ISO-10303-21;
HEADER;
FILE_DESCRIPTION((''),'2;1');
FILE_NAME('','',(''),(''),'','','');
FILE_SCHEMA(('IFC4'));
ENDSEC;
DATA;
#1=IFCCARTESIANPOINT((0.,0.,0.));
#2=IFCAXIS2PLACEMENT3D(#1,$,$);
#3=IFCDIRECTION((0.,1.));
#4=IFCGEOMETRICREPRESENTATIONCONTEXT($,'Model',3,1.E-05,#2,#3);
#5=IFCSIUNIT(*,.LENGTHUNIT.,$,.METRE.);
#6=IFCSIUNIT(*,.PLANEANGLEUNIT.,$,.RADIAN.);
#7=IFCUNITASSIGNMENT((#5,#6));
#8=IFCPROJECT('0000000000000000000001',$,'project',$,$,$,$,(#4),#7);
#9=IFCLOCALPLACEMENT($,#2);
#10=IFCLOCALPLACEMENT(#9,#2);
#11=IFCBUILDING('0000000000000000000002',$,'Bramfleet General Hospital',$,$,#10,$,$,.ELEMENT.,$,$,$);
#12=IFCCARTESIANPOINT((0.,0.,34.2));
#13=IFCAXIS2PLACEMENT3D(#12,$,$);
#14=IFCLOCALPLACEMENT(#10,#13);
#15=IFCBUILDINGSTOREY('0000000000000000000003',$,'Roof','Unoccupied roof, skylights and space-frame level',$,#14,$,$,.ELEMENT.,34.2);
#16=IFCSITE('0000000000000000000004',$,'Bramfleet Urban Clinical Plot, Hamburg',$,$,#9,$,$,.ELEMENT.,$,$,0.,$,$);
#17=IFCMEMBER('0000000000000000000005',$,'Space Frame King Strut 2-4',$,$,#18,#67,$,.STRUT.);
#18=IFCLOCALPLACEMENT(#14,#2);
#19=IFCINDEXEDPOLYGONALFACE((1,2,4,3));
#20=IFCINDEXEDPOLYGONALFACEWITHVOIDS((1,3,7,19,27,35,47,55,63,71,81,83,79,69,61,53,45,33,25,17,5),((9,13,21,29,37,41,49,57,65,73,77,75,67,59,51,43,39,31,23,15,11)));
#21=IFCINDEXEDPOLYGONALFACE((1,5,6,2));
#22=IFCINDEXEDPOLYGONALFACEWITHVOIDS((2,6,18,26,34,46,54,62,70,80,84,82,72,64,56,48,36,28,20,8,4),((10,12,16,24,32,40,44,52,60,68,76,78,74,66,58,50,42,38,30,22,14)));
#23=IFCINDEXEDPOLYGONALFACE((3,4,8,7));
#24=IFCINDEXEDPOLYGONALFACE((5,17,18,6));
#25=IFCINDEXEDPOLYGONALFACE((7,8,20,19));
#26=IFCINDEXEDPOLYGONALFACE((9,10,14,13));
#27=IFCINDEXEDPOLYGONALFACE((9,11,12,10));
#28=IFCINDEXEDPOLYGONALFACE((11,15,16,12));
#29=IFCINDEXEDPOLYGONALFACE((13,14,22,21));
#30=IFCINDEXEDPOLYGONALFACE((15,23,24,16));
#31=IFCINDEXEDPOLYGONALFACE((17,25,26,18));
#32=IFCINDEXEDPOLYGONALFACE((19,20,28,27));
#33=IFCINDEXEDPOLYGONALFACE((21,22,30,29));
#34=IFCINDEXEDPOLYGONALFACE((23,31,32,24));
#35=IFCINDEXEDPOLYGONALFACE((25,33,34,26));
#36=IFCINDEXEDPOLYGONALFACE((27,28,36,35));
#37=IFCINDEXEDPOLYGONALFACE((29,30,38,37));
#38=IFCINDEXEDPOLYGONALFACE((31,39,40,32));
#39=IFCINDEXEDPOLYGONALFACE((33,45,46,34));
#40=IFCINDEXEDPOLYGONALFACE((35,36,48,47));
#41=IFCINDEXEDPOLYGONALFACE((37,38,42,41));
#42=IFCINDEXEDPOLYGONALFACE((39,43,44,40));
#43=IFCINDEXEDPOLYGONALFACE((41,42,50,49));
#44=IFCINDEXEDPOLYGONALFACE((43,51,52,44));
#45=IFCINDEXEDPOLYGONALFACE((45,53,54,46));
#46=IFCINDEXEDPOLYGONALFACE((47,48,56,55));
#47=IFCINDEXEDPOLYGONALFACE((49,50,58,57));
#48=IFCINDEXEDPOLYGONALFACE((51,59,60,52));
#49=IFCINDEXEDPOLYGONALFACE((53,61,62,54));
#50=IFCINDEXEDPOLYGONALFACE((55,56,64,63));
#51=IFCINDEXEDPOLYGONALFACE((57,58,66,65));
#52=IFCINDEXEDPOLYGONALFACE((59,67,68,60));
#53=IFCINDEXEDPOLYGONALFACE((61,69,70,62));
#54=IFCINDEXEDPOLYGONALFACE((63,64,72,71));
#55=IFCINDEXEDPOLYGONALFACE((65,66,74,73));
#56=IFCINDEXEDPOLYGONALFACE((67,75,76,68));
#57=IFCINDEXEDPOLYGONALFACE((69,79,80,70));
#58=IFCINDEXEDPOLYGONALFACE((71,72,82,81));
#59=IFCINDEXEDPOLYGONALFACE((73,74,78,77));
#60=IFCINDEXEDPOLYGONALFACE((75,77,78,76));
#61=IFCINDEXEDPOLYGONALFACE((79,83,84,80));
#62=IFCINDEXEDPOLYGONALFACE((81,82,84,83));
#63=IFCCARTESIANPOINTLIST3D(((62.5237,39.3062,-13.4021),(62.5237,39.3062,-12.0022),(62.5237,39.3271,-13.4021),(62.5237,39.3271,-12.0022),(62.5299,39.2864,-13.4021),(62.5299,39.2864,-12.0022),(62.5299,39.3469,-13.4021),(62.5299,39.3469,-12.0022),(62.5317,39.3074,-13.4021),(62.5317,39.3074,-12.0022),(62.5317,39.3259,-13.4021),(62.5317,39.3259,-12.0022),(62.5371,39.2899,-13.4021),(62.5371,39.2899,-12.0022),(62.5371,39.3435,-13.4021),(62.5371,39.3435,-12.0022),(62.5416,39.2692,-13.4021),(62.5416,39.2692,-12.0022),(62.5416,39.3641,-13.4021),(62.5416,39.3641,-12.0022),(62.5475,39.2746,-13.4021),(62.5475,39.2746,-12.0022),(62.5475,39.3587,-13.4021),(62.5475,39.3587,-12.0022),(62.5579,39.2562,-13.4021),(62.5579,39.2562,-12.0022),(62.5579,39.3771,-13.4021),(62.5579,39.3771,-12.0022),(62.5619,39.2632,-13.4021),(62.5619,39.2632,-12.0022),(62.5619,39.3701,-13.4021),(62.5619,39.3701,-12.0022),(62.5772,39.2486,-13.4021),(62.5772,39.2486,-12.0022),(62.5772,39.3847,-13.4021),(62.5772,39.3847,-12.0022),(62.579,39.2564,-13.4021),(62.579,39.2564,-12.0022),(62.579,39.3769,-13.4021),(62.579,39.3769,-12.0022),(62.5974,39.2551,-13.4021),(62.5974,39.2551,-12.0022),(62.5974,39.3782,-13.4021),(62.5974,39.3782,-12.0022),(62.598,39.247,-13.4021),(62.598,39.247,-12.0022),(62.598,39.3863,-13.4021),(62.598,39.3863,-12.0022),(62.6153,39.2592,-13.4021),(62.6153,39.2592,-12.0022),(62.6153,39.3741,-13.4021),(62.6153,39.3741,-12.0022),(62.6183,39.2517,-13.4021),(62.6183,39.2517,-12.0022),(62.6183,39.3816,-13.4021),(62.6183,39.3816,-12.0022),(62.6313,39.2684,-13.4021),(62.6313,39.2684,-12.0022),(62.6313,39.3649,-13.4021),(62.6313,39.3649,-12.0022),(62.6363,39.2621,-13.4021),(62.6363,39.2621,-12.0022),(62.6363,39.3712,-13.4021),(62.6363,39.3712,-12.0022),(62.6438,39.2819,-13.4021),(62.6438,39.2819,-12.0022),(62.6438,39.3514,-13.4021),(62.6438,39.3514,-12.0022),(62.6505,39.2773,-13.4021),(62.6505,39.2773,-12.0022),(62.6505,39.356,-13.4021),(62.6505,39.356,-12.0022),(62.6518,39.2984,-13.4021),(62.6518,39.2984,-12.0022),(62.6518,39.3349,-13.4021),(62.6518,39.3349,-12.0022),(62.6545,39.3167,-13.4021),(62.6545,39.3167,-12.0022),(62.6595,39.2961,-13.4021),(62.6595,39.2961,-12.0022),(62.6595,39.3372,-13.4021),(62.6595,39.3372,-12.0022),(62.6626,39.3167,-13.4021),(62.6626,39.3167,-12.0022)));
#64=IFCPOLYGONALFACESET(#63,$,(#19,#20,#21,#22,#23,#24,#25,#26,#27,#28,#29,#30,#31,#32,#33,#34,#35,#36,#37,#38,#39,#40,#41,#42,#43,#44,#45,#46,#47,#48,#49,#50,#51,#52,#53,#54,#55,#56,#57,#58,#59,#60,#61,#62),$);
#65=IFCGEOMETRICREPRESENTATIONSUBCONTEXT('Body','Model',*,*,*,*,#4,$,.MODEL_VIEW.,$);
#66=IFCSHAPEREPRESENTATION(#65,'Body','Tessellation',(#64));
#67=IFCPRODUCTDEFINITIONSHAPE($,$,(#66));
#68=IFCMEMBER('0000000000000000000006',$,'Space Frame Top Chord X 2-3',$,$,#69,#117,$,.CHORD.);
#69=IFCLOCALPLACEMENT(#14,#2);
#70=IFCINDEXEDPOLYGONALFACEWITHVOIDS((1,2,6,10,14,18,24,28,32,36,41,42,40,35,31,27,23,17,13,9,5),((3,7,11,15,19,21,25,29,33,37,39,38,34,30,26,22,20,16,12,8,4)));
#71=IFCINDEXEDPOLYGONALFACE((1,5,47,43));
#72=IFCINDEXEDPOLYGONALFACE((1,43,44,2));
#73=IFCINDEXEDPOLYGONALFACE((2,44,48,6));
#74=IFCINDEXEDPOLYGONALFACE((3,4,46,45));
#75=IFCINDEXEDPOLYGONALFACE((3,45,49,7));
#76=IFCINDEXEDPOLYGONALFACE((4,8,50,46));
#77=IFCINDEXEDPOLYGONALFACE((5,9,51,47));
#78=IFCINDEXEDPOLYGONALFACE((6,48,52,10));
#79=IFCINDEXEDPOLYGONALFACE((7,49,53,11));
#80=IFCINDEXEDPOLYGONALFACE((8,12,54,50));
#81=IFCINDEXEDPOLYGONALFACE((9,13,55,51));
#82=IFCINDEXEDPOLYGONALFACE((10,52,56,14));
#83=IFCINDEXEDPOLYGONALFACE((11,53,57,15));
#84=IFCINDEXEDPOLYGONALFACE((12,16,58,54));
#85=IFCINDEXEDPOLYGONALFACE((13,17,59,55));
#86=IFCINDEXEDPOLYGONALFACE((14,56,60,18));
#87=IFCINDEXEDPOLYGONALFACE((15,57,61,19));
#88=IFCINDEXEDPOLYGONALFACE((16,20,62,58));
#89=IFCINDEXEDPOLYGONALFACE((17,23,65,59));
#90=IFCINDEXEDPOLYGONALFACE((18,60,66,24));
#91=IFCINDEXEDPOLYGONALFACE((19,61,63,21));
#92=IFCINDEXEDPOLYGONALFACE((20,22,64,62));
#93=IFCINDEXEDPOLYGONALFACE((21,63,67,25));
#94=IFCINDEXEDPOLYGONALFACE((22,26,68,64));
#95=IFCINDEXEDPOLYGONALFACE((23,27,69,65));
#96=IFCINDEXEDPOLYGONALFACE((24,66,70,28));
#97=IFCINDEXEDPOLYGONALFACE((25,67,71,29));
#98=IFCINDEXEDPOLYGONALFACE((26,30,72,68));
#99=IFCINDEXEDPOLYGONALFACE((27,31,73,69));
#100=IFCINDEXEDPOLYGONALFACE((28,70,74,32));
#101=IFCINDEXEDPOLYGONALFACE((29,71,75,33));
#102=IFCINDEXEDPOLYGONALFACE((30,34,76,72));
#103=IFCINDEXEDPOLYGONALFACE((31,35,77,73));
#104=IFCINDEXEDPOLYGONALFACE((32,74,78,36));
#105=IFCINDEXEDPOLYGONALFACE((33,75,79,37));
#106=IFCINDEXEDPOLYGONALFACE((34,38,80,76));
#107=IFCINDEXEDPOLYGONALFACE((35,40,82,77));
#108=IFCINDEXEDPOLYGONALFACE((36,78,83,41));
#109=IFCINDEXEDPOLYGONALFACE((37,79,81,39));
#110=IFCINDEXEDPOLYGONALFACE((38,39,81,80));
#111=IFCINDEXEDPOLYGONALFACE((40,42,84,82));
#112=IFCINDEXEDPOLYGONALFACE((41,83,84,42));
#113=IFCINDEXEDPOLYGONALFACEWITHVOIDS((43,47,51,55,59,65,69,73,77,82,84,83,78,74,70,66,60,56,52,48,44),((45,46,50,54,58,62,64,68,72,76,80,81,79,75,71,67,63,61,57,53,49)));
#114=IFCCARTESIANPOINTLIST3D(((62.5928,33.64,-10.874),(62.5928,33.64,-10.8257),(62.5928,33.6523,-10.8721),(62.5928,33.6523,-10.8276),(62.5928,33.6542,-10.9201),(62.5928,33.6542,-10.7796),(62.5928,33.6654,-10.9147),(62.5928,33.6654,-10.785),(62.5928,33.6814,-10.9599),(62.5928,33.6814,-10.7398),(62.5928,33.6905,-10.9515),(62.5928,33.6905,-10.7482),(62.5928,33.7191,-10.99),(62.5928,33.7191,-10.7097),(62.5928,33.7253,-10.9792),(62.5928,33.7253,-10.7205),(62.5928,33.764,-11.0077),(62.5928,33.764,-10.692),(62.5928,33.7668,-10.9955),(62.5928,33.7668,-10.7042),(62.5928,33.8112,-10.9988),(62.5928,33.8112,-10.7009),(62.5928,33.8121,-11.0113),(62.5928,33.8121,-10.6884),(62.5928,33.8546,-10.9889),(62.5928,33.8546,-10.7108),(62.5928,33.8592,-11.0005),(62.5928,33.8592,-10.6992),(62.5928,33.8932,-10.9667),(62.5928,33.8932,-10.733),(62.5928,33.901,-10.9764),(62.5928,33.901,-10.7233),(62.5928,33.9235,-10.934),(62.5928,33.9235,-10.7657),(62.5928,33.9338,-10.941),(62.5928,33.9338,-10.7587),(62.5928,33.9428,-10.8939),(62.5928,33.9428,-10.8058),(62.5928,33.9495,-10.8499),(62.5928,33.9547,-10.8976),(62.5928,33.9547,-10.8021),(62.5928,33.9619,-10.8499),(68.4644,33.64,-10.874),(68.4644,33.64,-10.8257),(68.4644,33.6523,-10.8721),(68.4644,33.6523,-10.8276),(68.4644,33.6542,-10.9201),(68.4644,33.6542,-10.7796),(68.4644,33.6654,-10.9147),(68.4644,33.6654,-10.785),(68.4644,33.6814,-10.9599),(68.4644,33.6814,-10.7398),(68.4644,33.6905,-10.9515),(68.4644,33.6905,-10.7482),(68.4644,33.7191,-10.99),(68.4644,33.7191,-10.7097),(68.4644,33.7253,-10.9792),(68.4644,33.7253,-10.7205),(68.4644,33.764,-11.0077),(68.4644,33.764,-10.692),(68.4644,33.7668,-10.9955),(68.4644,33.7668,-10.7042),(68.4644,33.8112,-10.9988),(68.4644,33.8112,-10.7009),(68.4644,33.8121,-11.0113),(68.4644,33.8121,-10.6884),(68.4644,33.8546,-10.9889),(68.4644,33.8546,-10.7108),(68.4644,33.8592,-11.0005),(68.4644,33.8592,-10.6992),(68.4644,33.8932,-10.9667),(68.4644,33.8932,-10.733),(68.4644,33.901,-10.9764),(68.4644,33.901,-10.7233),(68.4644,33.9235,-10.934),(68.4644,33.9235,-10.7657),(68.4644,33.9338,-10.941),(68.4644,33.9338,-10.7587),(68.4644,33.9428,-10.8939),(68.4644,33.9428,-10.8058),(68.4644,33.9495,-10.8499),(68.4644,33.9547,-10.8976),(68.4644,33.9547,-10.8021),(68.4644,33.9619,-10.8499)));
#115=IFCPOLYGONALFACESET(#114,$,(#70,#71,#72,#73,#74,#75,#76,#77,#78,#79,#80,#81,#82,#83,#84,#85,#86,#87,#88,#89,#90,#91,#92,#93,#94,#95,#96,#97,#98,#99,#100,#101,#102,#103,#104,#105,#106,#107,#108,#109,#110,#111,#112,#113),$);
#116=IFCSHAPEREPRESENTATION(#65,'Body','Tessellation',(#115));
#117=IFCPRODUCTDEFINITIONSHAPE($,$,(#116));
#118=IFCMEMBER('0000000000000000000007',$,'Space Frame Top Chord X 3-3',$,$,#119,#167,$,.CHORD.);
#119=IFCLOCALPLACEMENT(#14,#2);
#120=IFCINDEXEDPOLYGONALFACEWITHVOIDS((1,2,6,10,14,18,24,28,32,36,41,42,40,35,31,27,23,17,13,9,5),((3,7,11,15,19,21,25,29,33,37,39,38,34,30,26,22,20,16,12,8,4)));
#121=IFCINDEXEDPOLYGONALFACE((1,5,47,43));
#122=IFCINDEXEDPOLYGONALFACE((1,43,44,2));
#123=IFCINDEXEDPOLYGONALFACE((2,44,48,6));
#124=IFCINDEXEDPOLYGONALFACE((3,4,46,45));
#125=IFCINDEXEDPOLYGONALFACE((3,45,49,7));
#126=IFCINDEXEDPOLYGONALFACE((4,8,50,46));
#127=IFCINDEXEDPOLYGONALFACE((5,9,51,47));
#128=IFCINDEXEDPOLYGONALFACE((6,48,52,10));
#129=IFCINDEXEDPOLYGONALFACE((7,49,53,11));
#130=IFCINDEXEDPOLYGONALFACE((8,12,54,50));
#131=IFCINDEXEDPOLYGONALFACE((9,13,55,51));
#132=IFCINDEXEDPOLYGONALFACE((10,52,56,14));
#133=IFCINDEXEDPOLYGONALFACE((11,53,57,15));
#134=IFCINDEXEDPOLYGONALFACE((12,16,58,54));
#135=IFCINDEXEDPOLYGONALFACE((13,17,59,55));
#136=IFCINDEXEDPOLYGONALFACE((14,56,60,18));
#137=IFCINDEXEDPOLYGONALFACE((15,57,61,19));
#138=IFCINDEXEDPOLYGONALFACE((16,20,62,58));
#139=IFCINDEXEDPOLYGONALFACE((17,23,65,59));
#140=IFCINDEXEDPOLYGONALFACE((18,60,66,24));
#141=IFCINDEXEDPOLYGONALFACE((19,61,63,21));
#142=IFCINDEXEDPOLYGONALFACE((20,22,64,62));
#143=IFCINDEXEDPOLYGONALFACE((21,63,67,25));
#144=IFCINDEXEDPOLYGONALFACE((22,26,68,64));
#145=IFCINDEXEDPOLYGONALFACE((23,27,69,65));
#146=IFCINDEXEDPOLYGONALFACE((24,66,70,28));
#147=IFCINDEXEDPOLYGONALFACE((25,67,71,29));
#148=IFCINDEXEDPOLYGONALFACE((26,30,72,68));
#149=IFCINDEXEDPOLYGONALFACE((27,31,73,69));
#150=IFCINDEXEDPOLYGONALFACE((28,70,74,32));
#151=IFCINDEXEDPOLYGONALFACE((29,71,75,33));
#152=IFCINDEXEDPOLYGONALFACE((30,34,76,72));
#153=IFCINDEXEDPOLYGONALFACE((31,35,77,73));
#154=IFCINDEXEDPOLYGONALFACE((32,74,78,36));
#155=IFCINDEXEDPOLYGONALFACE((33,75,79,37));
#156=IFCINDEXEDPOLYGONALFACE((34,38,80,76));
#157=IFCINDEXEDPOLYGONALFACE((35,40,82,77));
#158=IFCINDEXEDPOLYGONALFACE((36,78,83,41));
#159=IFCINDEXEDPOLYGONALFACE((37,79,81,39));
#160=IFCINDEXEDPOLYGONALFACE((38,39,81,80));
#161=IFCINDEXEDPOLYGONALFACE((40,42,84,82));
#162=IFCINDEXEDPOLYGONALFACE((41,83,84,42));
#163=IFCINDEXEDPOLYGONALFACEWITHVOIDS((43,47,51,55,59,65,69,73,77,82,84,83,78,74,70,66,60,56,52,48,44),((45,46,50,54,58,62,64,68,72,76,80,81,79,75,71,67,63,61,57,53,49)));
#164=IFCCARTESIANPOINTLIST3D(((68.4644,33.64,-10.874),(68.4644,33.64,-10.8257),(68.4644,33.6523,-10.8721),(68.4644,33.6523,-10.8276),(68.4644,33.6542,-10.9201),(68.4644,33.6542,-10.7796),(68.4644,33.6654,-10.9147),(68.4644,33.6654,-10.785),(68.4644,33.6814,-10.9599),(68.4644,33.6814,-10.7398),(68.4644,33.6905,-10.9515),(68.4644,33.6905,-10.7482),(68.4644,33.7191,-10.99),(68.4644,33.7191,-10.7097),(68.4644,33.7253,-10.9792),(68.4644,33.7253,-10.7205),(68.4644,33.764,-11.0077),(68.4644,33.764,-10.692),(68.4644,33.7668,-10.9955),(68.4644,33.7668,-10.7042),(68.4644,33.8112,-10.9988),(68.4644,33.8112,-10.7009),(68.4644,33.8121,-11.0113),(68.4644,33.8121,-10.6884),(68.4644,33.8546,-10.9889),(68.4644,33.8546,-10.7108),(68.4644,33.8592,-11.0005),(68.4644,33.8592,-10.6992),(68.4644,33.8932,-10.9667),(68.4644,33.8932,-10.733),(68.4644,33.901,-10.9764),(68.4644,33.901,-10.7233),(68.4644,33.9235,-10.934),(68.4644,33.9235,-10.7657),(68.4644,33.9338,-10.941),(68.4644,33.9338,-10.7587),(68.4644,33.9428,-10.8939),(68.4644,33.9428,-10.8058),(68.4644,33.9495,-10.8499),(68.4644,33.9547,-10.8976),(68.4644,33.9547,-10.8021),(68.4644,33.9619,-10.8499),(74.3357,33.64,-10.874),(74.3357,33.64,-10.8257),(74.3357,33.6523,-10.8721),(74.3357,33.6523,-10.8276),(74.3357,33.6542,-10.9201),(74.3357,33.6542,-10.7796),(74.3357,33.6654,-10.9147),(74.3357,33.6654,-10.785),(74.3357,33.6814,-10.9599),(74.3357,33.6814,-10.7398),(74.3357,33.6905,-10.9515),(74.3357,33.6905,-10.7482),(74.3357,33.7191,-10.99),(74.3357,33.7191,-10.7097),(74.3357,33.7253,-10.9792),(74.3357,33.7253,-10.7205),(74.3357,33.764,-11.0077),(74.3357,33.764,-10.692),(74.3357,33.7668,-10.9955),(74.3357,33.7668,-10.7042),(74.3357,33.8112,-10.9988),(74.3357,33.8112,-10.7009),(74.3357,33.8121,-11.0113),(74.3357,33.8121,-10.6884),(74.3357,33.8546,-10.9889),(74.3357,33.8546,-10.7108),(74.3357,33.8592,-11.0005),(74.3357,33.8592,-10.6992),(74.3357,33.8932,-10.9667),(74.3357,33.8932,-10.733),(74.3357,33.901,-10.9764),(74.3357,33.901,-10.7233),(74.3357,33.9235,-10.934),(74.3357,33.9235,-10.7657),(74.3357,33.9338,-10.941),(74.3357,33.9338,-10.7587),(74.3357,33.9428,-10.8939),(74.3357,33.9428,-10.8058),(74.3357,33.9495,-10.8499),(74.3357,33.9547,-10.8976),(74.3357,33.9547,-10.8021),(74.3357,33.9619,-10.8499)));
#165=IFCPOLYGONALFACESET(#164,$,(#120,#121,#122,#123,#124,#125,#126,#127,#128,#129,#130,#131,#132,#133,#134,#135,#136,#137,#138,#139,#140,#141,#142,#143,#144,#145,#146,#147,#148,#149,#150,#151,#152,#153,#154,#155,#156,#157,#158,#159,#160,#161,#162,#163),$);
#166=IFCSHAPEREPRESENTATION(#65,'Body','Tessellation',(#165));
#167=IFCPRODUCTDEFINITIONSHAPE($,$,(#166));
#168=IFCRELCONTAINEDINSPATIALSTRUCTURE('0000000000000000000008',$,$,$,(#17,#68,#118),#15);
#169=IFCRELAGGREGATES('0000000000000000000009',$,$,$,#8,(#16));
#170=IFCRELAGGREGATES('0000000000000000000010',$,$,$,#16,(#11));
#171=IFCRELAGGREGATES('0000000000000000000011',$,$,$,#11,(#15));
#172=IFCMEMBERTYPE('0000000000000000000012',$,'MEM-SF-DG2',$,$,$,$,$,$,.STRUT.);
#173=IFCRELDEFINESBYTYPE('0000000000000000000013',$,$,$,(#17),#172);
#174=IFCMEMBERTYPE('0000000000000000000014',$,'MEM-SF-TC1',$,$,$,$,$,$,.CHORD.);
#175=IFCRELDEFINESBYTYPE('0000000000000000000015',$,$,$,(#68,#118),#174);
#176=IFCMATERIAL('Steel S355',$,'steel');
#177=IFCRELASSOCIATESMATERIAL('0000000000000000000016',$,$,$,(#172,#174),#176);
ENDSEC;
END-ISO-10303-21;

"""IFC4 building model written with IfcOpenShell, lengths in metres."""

from ifc_helpers import new_model, si_unit, direction, frame, origin, origin_2d, place, context, subcontext, project, spatial, hollow_circle, extrude, material, material_profile, profile_set, type_object, element, save


model = new_model("IFC4")

# Units and contexts
model_context = context("Model", 3, precision=1e-05, world=origin(), true_north=direction((0.0, 1.0)))
body_context = subcontext(model_context, "Body", "Model", "MODEL_VIEW")
ifc_project = project(units=[si_unit("LENGTHUNIT", "METRE"), si_unit("PLANEANGLEUNIT", "RADIAN")], contexts=[model_context])

# Site, building, storey
site_placement = place(None, origin())
site = spatial("IfcSite", under=ifc_project, at=site_placement, Name="Bramfleet Urban Clinical Plot, Hamburg", CompositionType="ELEMENT", RefElevation=0.0)
building_placement = place(site_placement, origin())
building = spatial("IfcBuilding", under=site, at=building_placement, Name="Bramfleet General Hospital", CompositionType="ELEMENT")
storey_placement = place(building_placement, frame((0.0, 0.0, 34.2)))
storey = spatial("IfcBuildingStorey", under=building, at=storey_placement, Name="Roof", Description="Unoccupied roof, skylights and space-frame level", CompositionType="ELEMENT", Elevation=34.2)

# Members
ifc_material = material(Name="Steel S355", Category="steel")
ifc_material_profile_1 = material_profile(ifc_material, hollow_circle(Radius=0.0698, WallThickness=0.0081, at=origin_2d()), Name="CHS 139.7x8.0")
ifc_profile_set_1 = profile_set([ifc_material_profile_1], Name="Steel S355")
member_type_1 = type_object("IfcMemberType", Name="MEM-SF-DG2", PredefinedType="STRUT", material=ifc_profile_set_1)
member_1_placement = place(storey_placement, frame((62.5928, 39.3167, -13.4021), z_axis=(0.0, 0.0, 1.0), x_axis=(1.0, 0.0, 0.0)))
element("IfcMember", 1, at=member_1_placement, inside=storey, type_object=member_type_1, Name="Space Frame King Strut 2-4", PredefinedType="STRUT", context=body_context, shape_type="SweptSolid", body=[
    extrude(hollow_circle(Radius=0.0698, WallThickness=0.0081, at=origin_2d()), origin(), (0.0, 0.0, 1.0), 1.3999),
])
ifc_material_profile_2 = material_profile(ifc_material, hollow_circle(Radius=0.1619, WallThickness=0.0125, at=origin_2d()), Name="CHS 323.9x12.5")
ifc_profile_set_2 = profile_set([ifc_material_profile_2], Name="Steel S355")
member_type_2 = type_object("IfcMemberType", Name="MEM-SF-TC1", PredefinedType="CHORD", material=ifc_profile_set_2)
member_2_placement = place(storey_placement, frame((62.5928, 33.8, -10.8499), z_axis=(1.0, 0.0, 0.0), x_axis=(0.0, 1.0, 0.0)))
element("IfcMember", 2, at=member_2_placement, inside=storey, type_object=member_type_2, Name="Space Frame Top Chord X 2-3", PredefinedType="CHORD", context=body_context, shape_type="SweptSolid", body=[
    extrude(hollow_circle(Radius=0.1619, WallThickness=0.0125, at=origin_2d()), origin(), (0.0, 0.0, 1.0), 5.8716),
])
member_3_placement = place(storey_placement, frame((68.4644, 33.8, -10.8499), z_axis=(1.0, 0.0, 0.0), x_axis=(0.0, 1.0, 0.0)))
element("IfcMember", 3, at=member_3_placement, inside=storey, type_object=member_type_2, Name="Space Frame Top Chord X 3-3", PredefinedType="CHORD", context=body_context, shape_type="SweptSolid", body=[
    extrude(hollow_circle(Radius=0.1619, WallThickness=0.0125, at=origin_2d()), origin(), (0.0, 0.0, 1.0), 5.8713),
])

save(model, "model.ifc")
